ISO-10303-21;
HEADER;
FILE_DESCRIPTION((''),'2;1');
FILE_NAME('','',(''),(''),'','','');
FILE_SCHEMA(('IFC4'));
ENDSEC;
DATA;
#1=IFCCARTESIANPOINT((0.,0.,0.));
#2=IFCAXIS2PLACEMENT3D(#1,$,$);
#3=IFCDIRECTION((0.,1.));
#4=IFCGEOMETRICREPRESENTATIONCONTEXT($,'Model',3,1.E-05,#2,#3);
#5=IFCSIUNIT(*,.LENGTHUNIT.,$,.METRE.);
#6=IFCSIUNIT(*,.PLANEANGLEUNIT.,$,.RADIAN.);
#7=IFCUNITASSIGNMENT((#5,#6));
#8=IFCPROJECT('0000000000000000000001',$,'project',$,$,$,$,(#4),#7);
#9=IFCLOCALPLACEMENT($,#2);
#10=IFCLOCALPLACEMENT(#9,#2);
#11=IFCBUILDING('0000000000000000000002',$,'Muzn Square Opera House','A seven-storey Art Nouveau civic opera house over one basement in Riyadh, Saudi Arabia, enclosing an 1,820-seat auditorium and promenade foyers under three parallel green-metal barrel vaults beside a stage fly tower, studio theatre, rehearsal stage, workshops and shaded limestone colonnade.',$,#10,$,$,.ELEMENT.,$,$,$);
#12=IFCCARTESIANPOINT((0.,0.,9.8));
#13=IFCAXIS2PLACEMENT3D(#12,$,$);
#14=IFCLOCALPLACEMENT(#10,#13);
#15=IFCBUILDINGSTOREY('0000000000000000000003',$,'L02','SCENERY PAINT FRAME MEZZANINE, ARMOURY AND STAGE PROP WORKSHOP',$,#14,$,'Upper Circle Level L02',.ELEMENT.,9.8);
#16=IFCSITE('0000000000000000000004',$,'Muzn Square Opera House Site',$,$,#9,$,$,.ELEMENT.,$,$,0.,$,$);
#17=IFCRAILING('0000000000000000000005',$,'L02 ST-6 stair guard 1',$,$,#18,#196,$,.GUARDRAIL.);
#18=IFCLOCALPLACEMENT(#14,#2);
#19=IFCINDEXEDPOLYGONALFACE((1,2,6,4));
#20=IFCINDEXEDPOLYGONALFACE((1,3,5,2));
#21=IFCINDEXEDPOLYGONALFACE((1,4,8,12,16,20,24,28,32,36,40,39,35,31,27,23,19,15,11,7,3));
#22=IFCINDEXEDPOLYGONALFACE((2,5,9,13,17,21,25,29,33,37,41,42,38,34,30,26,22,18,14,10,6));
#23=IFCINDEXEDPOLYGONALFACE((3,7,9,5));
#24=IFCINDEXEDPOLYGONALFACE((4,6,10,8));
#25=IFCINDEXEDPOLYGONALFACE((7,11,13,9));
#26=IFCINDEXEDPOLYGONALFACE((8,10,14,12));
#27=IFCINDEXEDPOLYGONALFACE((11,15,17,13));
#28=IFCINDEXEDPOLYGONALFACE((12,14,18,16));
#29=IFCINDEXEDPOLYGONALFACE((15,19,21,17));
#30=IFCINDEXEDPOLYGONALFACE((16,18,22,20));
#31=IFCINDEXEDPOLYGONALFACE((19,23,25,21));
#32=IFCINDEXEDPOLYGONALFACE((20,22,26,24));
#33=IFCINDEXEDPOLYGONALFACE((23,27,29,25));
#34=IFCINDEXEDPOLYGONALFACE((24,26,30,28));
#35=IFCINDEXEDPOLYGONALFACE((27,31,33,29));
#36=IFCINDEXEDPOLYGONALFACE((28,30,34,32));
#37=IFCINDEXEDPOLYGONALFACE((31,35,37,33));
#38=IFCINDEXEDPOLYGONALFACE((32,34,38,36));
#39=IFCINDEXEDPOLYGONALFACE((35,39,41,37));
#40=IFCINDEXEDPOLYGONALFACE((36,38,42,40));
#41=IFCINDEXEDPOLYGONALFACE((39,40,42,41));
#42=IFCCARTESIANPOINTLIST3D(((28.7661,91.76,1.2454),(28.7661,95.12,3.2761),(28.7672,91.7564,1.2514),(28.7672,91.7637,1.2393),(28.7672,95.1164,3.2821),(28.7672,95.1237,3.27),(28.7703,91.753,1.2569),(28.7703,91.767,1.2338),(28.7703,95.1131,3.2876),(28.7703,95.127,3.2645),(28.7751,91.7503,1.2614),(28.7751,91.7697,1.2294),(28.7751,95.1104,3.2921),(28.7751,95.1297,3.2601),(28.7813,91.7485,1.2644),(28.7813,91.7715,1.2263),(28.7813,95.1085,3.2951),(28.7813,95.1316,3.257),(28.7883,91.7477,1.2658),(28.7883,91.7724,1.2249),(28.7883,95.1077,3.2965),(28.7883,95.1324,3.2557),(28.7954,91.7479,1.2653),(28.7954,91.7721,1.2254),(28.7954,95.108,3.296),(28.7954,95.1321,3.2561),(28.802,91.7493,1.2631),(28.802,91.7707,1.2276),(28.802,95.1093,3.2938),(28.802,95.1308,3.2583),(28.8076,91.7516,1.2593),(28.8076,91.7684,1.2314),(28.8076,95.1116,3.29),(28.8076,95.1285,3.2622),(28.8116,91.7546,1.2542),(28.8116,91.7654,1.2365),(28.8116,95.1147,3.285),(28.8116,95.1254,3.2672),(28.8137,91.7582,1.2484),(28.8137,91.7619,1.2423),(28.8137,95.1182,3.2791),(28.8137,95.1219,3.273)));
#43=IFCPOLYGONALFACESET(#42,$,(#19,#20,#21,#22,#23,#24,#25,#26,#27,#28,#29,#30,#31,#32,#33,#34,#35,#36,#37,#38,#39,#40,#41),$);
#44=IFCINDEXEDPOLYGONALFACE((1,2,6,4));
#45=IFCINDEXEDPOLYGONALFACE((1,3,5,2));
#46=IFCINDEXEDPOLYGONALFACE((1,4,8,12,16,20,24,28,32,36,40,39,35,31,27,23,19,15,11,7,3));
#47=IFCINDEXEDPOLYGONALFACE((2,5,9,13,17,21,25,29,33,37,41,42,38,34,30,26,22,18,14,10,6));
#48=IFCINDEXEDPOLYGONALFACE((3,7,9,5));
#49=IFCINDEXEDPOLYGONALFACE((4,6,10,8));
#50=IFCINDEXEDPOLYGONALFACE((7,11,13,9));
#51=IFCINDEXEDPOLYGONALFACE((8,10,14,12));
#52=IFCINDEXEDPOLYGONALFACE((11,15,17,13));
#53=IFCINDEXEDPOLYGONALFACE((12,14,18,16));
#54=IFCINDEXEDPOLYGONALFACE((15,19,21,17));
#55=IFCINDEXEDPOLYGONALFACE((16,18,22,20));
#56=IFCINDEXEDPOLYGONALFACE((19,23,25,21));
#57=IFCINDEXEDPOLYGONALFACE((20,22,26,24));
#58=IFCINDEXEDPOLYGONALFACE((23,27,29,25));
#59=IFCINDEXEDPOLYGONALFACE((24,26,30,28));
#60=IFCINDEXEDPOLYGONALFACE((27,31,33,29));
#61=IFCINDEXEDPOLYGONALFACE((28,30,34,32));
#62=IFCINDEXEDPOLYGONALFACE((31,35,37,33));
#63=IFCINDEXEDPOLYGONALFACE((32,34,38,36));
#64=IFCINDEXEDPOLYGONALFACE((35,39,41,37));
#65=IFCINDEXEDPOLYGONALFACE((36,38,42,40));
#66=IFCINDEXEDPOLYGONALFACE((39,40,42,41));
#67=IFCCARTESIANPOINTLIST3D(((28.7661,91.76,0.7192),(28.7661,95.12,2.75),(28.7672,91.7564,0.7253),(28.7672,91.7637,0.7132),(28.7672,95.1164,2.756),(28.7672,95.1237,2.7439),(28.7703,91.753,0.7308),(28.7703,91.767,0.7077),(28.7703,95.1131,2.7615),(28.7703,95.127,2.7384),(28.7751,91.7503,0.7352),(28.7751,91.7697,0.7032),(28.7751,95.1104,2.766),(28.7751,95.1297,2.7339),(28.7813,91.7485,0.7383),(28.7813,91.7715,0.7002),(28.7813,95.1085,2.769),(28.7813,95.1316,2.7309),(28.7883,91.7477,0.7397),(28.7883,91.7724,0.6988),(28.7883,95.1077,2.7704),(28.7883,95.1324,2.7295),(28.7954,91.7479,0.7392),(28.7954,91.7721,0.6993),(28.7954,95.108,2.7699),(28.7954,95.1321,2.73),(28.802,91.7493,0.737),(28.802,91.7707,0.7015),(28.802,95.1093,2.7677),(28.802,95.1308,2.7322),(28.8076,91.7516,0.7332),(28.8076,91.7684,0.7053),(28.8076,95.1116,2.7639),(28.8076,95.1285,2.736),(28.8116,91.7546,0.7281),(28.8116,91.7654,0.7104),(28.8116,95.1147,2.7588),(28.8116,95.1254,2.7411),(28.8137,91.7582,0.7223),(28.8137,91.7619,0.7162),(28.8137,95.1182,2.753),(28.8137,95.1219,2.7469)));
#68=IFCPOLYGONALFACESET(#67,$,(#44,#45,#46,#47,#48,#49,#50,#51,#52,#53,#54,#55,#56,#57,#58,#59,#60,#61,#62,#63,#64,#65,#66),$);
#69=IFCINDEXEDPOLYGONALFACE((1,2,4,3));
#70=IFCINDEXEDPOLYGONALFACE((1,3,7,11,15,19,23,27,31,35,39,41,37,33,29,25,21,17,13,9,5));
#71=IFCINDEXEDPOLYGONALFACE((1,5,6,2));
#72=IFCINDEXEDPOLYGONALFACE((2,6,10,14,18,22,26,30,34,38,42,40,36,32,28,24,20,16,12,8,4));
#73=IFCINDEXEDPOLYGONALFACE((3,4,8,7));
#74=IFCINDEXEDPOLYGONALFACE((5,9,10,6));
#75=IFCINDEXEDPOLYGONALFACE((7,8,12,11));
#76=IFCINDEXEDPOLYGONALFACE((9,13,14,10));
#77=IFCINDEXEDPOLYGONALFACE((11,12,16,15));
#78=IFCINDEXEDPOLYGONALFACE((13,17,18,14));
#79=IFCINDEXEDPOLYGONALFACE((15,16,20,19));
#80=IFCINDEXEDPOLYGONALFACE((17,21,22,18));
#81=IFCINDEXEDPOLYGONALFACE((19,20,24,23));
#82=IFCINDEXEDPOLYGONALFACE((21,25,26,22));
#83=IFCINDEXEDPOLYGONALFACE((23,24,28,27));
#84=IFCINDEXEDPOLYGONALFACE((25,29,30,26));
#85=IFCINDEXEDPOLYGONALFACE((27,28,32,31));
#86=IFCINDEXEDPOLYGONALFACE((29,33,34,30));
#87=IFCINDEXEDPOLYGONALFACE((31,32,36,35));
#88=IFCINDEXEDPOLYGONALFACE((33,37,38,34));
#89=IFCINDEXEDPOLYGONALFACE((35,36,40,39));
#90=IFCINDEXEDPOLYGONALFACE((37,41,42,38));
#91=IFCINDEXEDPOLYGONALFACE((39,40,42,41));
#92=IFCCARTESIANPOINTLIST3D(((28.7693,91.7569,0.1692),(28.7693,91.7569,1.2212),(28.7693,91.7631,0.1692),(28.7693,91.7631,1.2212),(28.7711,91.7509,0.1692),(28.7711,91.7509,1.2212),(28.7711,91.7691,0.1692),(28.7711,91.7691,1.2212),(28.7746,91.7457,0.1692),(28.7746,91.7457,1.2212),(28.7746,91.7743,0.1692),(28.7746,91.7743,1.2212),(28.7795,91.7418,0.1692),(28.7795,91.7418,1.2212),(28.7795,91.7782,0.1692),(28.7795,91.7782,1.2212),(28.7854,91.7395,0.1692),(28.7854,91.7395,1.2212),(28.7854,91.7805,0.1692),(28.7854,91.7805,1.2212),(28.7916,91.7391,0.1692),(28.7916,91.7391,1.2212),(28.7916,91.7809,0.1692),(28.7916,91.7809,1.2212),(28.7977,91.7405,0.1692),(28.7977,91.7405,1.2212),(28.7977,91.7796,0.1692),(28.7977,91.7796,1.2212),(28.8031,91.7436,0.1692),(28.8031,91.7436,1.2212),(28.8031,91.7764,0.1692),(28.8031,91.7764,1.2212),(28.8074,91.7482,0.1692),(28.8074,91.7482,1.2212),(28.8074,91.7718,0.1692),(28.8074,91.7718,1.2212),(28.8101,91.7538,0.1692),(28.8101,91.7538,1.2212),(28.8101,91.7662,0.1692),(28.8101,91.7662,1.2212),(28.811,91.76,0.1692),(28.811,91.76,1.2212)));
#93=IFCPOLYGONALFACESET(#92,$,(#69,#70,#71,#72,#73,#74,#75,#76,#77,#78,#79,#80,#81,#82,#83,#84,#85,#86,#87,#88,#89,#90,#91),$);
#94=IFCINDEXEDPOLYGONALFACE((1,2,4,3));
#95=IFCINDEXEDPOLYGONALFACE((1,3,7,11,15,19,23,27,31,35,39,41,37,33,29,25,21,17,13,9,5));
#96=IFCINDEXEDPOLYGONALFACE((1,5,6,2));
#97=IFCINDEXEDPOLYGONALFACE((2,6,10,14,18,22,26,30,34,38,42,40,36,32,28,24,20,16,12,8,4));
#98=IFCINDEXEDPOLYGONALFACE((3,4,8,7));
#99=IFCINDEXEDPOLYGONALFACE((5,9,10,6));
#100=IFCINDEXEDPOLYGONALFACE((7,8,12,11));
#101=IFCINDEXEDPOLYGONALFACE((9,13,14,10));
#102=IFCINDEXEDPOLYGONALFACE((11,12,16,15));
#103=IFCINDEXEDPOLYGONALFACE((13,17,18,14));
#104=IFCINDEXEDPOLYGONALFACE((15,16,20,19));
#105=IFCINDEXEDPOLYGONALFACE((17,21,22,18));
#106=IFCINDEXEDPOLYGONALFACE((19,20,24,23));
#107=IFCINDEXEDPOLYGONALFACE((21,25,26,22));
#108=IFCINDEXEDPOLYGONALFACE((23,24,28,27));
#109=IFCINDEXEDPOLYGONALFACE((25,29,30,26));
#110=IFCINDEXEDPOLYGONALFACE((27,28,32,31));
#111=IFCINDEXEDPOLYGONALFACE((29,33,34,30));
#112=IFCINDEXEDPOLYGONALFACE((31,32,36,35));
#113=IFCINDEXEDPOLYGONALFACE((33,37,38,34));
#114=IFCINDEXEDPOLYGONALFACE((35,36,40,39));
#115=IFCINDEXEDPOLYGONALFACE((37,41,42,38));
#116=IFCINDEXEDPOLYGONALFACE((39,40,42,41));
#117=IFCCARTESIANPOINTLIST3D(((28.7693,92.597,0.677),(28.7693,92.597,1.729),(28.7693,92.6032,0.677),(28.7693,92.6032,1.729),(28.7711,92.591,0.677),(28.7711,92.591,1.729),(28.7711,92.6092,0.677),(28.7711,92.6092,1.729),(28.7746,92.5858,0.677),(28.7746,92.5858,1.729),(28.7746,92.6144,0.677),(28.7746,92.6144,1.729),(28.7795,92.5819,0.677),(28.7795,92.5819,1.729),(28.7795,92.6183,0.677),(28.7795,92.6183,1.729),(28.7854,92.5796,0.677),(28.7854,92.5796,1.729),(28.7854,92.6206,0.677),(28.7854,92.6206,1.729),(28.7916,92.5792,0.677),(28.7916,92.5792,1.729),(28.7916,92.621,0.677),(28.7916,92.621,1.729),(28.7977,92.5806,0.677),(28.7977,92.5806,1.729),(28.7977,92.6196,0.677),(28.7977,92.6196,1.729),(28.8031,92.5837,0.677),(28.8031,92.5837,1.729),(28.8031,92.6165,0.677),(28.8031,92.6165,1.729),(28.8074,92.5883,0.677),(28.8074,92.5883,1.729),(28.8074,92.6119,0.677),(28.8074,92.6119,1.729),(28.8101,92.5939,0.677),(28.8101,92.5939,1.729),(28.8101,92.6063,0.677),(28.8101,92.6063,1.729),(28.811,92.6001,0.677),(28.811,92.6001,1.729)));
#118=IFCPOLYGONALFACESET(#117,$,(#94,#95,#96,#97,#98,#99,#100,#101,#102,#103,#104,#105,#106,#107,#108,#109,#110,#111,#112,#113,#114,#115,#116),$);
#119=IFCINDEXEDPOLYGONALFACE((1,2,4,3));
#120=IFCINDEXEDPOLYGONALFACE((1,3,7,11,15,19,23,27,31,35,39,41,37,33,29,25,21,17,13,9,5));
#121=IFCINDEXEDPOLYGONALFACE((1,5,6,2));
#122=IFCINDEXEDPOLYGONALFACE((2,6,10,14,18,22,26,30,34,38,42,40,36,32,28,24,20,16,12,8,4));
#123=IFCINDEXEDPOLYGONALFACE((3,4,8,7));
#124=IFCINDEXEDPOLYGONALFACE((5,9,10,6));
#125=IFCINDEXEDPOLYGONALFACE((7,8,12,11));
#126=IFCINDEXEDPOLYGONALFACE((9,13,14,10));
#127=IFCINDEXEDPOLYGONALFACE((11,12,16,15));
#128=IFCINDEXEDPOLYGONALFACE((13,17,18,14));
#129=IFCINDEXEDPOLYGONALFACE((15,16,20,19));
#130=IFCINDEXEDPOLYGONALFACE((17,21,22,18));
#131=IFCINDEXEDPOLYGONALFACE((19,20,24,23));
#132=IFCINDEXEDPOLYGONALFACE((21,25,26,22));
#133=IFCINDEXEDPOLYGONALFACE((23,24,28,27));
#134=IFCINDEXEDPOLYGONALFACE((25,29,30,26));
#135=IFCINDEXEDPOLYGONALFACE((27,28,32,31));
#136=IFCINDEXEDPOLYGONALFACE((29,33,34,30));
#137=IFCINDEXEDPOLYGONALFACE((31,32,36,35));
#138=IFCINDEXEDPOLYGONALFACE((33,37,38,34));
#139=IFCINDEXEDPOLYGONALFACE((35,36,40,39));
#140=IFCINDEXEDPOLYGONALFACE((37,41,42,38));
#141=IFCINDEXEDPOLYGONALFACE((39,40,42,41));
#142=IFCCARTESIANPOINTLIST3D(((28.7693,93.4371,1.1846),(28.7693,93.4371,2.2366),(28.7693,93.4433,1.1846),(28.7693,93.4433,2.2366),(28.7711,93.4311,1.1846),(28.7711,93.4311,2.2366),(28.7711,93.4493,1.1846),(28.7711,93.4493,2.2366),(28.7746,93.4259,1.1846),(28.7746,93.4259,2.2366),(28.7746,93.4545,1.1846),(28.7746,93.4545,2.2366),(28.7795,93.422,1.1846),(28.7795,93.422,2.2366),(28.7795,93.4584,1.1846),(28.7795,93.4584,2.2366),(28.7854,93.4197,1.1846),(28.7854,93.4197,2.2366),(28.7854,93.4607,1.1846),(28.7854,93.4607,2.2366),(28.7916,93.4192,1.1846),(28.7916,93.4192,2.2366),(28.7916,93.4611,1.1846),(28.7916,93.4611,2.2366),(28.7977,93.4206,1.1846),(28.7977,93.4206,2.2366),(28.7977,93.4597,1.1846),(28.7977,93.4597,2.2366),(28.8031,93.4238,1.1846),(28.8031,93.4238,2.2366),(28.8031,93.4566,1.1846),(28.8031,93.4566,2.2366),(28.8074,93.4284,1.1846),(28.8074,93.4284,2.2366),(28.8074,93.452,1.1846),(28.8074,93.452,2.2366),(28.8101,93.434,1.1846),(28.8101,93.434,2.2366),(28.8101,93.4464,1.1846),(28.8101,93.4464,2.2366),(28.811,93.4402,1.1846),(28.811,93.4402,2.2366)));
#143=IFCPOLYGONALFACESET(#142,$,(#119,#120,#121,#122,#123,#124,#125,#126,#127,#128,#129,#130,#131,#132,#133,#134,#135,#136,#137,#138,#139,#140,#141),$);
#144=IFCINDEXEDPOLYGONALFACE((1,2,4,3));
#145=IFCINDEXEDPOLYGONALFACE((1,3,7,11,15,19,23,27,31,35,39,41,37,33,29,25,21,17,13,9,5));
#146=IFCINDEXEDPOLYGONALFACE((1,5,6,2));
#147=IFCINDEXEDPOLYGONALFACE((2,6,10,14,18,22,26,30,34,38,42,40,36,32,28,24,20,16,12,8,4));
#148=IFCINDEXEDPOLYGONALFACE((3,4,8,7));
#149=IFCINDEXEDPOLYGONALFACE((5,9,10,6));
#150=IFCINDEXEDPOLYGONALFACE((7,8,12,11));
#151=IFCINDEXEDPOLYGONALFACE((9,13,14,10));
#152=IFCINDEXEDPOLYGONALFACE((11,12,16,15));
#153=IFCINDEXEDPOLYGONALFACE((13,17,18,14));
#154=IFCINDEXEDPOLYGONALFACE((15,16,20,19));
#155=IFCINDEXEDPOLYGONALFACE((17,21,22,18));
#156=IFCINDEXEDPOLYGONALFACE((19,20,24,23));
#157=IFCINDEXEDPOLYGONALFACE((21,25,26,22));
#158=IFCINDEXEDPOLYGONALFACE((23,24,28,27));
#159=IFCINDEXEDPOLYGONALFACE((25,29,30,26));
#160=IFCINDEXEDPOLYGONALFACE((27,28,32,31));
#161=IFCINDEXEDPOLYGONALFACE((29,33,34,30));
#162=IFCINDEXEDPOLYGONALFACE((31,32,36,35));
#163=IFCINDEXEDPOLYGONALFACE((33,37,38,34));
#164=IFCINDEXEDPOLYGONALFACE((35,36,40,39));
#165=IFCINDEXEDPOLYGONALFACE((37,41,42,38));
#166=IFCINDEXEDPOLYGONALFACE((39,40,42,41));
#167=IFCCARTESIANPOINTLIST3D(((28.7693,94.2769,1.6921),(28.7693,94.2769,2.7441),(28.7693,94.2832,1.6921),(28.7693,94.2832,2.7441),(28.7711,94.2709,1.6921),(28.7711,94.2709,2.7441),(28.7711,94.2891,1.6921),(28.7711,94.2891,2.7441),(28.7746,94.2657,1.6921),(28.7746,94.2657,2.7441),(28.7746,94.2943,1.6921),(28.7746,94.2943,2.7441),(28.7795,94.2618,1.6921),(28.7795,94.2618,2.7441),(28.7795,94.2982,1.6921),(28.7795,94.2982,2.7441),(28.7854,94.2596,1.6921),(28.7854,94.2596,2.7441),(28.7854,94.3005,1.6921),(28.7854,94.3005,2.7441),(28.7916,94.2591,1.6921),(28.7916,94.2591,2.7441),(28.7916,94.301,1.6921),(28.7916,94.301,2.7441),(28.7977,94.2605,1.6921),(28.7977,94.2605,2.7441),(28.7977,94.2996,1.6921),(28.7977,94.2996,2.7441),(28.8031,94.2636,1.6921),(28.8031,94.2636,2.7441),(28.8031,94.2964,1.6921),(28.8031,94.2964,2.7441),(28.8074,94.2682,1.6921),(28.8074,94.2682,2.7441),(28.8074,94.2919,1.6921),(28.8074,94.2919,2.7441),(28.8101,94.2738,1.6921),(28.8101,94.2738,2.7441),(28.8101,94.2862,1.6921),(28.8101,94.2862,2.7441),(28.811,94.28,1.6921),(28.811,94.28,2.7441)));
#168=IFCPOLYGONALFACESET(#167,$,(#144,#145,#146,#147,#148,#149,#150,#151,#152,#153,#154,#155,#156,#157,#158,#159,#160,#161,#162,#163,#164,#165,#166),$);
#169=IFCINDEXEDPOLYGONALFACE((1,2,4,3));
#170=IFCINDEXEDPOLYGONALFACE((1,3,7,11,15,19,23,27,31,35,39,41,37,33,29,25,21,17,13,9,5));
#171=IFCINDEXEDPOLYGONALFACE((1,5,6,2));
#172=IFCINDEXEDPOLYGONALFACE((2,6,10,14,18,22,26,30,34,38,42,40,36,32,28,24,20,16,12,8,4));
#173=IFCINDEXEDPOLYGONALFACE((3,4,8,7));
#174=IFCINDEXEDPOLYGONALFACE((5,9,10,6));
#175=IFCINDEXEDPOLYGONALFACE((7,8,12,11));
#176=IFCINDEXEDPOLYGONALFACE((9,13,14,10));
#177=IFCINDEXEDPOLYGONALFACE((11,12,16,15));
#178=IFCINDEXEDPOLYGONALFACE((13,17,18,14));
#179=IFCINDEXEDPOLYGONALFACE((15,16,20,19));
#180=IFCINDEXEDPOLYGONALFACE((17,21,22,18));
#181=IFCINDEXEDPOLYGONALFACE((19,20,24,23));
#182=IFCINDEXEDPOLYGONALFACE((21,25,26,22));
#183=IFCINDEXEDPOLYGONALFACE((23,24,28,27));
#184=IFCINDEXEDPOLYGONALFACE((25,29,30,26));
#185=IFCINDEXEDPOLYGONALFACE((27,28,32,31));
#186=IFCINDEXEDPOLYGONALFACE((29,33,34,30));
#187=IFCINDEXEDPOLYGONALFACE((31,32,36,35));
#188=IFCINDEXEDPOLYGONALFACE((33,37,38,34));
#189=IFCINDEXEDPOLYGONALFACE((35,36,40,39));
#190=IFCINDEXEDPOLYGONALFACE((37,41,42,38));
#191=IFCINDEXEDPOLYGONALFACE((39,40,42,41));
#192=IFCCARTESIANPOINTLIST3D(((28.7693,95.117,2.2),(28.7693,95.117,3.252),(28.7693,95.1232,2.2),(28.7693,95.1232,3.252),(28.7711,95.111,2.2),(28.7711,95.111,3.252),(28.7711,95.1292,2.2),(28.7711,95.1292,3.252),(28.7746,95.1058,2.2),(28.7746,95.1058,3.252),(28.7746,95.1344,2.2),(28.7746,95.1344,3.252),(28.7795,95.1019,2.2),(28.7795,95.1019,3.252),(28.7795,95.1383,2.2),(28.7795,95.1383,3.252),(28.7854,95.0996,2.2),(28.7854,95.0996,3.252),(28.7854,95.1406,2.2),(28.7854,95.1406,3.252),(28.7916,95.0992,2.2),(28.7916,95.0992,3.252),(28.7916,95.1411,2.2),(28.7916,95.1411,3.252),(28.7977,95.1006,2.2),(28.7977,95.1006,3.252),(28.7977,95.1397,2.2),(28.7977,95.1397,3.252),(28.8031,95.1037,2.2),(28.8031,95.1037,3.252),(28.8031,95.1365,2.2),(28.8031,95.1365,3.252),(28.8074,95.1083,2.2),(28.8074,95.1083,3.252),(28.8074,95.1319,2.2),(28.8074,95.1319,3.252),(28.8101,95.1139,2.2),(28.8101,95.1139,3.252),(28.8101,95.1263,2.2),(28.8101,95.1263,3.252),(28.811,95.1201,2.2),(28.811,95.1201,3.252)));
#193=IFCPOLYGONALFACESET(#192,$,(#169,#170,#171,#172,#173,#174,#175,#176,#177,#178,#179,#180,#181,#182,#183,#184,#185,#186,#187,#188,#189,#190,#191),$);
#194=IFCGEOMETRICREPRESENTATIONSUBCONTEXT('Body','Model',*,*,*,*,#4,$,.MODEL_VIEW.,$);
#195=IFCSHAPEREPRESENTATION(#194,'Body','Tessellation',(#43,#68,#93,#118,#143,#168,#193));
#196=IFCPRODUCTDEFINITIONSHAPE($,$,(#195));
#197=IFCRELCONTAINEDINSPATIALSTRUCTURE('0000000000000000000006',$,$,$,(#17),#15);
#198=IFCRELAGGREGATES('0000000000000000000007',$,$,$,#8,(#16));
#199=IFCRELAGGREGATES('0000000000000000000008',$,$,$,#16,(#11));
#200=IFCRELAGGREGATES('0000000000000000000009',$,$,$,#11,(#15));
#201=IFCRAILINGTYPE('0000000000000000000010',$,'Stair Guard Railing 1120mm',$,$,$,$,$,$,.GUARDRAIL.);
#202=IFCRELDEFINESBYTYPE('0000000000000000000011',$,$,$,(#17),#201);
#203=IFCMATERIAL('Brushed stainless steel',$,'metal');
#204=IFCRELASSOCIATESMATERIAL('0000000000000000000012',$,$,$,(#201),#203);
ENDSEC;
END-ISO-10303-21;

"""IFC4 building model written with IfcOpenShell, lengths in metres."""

from ifc_helpers import new_model, si_unit, direction, frame, origin, origin_2d, place, context, subcontext, project, spatial, circle, extrude, material, type_object, element, save


model = new_model("IFC4")

# Units and contexts
model_context = context("Model", 3, precision=1e-05, world=origin(), true_north=direction((0.0, 1.0)))
body_context = subcontext(model_context, "Body", "Model", "MODEL_VIEW")
ifc_project = project(units=[si_unit("LENGTHUNIT", "METRE"), si_unit("PLANEANGLEUNIT", "RADIAN")], contexts=[model_context])

# Site, building, storey
site_placement = place(None, origin())
site = spatial("IfcSite", under=ifc_project, at=site_placement, Name="Muzn Square Opera House Site", CompositionType="ELEMENT", RefElevation=0.0)
building_placement = place(site_placement, origin())
building = spatial("IfcBuilding", under=site, at=building_placement, Name="Muzn Square Opera House", Description="A seven-storey Art Nouveau civic opera house over one basement in Riyadh, Saudi Arabia, enclosing an 1,820-seat auditorium and promenade foyers under three parallel green-metal barrel vaults beside a stage fly tower, studio theatre, rehearsal stage, workshops and shaded limestone colonnade.", CompositionType="ELEMENT")
storey_placement = place(building_placement, frame((0.0, 0.0, 9.8)))
storey = spatial("IfcBuildingStorey", under=building, at=storey_placement, Name="L02", Description="SCENERY PAINT FRAME MEZZANINE, ARMOURY AND STAGE PROP WORKSHOP", LongName="Upper Circle Level L02", CompositionType="ELEMENT", Elevation=9.8)

# Railing
ifc_material_1 = material(Name="Brushed stainless steel", Category="metal")
railing_type = type_object("IfcRailingType", Name="Stair Guard Railing 1120mm", PredefinedType="GUARDRAIL", material=ifc_material_1)
railing_1_placement = place(storey_placement, frame((28.79, 91.76, 0.1692)))
element("IfcRailing", 1, at=railing_1_placement, inside=storey, type_object=railing_type, Name="L02 ST-6 stair guard 1", PredefinedType="GUARDRAIL", context=body_context, shape_type="SweptSolid", body=[
    extrude(circle(Radius=0.0239, at=origin_2d()), frame((0.0, 0.0, 1.0762), z_axis=(0.0, 0.855837, 0.517246), x_axis=(-1.0, 0.0, 0.0)), (0.0, 0.0, 1.0), 3.926),
    extrude(circle(Radius=0.0239, at=origin_2d()), frame((0.0, 0.0, 0.55), z_axis=(0.0, 0.855837, 0.517246), x_axis=(-1.0, 0.0, 0.0)), (0.0, 0.0, 1.0), 3.926),
    extrude(circle(Radius=0.021, at=origin_2d()), origin(), (0.0, 0.0, 1.0), 1.052),
    extrude(circle(Radius=0.021, at=origin_2d()), frame((0.0, 0.8401, 0.5078)), (0.0, 0.0, 1.0), 1.052),
    extrude(circle(Radius=0.021, at=origin_2d()), frame((0.0, 1.6802, 1.0154)), (0.0, 0.0, 1.0), 1.052),
    extrude(circle(Radius=0.021, at=origin_2d()), frame((0.0, 2.52, 1.5229)), (0.0, 0.0, 1.0), 1.052),
    extrude(circle(Radius=0.021, at=origin_2d()), frame((0.0, 3.3601, 2.0308)), (0.0, 0.0, 1.0), 1.052),
])

save(model, "model.ifc")
